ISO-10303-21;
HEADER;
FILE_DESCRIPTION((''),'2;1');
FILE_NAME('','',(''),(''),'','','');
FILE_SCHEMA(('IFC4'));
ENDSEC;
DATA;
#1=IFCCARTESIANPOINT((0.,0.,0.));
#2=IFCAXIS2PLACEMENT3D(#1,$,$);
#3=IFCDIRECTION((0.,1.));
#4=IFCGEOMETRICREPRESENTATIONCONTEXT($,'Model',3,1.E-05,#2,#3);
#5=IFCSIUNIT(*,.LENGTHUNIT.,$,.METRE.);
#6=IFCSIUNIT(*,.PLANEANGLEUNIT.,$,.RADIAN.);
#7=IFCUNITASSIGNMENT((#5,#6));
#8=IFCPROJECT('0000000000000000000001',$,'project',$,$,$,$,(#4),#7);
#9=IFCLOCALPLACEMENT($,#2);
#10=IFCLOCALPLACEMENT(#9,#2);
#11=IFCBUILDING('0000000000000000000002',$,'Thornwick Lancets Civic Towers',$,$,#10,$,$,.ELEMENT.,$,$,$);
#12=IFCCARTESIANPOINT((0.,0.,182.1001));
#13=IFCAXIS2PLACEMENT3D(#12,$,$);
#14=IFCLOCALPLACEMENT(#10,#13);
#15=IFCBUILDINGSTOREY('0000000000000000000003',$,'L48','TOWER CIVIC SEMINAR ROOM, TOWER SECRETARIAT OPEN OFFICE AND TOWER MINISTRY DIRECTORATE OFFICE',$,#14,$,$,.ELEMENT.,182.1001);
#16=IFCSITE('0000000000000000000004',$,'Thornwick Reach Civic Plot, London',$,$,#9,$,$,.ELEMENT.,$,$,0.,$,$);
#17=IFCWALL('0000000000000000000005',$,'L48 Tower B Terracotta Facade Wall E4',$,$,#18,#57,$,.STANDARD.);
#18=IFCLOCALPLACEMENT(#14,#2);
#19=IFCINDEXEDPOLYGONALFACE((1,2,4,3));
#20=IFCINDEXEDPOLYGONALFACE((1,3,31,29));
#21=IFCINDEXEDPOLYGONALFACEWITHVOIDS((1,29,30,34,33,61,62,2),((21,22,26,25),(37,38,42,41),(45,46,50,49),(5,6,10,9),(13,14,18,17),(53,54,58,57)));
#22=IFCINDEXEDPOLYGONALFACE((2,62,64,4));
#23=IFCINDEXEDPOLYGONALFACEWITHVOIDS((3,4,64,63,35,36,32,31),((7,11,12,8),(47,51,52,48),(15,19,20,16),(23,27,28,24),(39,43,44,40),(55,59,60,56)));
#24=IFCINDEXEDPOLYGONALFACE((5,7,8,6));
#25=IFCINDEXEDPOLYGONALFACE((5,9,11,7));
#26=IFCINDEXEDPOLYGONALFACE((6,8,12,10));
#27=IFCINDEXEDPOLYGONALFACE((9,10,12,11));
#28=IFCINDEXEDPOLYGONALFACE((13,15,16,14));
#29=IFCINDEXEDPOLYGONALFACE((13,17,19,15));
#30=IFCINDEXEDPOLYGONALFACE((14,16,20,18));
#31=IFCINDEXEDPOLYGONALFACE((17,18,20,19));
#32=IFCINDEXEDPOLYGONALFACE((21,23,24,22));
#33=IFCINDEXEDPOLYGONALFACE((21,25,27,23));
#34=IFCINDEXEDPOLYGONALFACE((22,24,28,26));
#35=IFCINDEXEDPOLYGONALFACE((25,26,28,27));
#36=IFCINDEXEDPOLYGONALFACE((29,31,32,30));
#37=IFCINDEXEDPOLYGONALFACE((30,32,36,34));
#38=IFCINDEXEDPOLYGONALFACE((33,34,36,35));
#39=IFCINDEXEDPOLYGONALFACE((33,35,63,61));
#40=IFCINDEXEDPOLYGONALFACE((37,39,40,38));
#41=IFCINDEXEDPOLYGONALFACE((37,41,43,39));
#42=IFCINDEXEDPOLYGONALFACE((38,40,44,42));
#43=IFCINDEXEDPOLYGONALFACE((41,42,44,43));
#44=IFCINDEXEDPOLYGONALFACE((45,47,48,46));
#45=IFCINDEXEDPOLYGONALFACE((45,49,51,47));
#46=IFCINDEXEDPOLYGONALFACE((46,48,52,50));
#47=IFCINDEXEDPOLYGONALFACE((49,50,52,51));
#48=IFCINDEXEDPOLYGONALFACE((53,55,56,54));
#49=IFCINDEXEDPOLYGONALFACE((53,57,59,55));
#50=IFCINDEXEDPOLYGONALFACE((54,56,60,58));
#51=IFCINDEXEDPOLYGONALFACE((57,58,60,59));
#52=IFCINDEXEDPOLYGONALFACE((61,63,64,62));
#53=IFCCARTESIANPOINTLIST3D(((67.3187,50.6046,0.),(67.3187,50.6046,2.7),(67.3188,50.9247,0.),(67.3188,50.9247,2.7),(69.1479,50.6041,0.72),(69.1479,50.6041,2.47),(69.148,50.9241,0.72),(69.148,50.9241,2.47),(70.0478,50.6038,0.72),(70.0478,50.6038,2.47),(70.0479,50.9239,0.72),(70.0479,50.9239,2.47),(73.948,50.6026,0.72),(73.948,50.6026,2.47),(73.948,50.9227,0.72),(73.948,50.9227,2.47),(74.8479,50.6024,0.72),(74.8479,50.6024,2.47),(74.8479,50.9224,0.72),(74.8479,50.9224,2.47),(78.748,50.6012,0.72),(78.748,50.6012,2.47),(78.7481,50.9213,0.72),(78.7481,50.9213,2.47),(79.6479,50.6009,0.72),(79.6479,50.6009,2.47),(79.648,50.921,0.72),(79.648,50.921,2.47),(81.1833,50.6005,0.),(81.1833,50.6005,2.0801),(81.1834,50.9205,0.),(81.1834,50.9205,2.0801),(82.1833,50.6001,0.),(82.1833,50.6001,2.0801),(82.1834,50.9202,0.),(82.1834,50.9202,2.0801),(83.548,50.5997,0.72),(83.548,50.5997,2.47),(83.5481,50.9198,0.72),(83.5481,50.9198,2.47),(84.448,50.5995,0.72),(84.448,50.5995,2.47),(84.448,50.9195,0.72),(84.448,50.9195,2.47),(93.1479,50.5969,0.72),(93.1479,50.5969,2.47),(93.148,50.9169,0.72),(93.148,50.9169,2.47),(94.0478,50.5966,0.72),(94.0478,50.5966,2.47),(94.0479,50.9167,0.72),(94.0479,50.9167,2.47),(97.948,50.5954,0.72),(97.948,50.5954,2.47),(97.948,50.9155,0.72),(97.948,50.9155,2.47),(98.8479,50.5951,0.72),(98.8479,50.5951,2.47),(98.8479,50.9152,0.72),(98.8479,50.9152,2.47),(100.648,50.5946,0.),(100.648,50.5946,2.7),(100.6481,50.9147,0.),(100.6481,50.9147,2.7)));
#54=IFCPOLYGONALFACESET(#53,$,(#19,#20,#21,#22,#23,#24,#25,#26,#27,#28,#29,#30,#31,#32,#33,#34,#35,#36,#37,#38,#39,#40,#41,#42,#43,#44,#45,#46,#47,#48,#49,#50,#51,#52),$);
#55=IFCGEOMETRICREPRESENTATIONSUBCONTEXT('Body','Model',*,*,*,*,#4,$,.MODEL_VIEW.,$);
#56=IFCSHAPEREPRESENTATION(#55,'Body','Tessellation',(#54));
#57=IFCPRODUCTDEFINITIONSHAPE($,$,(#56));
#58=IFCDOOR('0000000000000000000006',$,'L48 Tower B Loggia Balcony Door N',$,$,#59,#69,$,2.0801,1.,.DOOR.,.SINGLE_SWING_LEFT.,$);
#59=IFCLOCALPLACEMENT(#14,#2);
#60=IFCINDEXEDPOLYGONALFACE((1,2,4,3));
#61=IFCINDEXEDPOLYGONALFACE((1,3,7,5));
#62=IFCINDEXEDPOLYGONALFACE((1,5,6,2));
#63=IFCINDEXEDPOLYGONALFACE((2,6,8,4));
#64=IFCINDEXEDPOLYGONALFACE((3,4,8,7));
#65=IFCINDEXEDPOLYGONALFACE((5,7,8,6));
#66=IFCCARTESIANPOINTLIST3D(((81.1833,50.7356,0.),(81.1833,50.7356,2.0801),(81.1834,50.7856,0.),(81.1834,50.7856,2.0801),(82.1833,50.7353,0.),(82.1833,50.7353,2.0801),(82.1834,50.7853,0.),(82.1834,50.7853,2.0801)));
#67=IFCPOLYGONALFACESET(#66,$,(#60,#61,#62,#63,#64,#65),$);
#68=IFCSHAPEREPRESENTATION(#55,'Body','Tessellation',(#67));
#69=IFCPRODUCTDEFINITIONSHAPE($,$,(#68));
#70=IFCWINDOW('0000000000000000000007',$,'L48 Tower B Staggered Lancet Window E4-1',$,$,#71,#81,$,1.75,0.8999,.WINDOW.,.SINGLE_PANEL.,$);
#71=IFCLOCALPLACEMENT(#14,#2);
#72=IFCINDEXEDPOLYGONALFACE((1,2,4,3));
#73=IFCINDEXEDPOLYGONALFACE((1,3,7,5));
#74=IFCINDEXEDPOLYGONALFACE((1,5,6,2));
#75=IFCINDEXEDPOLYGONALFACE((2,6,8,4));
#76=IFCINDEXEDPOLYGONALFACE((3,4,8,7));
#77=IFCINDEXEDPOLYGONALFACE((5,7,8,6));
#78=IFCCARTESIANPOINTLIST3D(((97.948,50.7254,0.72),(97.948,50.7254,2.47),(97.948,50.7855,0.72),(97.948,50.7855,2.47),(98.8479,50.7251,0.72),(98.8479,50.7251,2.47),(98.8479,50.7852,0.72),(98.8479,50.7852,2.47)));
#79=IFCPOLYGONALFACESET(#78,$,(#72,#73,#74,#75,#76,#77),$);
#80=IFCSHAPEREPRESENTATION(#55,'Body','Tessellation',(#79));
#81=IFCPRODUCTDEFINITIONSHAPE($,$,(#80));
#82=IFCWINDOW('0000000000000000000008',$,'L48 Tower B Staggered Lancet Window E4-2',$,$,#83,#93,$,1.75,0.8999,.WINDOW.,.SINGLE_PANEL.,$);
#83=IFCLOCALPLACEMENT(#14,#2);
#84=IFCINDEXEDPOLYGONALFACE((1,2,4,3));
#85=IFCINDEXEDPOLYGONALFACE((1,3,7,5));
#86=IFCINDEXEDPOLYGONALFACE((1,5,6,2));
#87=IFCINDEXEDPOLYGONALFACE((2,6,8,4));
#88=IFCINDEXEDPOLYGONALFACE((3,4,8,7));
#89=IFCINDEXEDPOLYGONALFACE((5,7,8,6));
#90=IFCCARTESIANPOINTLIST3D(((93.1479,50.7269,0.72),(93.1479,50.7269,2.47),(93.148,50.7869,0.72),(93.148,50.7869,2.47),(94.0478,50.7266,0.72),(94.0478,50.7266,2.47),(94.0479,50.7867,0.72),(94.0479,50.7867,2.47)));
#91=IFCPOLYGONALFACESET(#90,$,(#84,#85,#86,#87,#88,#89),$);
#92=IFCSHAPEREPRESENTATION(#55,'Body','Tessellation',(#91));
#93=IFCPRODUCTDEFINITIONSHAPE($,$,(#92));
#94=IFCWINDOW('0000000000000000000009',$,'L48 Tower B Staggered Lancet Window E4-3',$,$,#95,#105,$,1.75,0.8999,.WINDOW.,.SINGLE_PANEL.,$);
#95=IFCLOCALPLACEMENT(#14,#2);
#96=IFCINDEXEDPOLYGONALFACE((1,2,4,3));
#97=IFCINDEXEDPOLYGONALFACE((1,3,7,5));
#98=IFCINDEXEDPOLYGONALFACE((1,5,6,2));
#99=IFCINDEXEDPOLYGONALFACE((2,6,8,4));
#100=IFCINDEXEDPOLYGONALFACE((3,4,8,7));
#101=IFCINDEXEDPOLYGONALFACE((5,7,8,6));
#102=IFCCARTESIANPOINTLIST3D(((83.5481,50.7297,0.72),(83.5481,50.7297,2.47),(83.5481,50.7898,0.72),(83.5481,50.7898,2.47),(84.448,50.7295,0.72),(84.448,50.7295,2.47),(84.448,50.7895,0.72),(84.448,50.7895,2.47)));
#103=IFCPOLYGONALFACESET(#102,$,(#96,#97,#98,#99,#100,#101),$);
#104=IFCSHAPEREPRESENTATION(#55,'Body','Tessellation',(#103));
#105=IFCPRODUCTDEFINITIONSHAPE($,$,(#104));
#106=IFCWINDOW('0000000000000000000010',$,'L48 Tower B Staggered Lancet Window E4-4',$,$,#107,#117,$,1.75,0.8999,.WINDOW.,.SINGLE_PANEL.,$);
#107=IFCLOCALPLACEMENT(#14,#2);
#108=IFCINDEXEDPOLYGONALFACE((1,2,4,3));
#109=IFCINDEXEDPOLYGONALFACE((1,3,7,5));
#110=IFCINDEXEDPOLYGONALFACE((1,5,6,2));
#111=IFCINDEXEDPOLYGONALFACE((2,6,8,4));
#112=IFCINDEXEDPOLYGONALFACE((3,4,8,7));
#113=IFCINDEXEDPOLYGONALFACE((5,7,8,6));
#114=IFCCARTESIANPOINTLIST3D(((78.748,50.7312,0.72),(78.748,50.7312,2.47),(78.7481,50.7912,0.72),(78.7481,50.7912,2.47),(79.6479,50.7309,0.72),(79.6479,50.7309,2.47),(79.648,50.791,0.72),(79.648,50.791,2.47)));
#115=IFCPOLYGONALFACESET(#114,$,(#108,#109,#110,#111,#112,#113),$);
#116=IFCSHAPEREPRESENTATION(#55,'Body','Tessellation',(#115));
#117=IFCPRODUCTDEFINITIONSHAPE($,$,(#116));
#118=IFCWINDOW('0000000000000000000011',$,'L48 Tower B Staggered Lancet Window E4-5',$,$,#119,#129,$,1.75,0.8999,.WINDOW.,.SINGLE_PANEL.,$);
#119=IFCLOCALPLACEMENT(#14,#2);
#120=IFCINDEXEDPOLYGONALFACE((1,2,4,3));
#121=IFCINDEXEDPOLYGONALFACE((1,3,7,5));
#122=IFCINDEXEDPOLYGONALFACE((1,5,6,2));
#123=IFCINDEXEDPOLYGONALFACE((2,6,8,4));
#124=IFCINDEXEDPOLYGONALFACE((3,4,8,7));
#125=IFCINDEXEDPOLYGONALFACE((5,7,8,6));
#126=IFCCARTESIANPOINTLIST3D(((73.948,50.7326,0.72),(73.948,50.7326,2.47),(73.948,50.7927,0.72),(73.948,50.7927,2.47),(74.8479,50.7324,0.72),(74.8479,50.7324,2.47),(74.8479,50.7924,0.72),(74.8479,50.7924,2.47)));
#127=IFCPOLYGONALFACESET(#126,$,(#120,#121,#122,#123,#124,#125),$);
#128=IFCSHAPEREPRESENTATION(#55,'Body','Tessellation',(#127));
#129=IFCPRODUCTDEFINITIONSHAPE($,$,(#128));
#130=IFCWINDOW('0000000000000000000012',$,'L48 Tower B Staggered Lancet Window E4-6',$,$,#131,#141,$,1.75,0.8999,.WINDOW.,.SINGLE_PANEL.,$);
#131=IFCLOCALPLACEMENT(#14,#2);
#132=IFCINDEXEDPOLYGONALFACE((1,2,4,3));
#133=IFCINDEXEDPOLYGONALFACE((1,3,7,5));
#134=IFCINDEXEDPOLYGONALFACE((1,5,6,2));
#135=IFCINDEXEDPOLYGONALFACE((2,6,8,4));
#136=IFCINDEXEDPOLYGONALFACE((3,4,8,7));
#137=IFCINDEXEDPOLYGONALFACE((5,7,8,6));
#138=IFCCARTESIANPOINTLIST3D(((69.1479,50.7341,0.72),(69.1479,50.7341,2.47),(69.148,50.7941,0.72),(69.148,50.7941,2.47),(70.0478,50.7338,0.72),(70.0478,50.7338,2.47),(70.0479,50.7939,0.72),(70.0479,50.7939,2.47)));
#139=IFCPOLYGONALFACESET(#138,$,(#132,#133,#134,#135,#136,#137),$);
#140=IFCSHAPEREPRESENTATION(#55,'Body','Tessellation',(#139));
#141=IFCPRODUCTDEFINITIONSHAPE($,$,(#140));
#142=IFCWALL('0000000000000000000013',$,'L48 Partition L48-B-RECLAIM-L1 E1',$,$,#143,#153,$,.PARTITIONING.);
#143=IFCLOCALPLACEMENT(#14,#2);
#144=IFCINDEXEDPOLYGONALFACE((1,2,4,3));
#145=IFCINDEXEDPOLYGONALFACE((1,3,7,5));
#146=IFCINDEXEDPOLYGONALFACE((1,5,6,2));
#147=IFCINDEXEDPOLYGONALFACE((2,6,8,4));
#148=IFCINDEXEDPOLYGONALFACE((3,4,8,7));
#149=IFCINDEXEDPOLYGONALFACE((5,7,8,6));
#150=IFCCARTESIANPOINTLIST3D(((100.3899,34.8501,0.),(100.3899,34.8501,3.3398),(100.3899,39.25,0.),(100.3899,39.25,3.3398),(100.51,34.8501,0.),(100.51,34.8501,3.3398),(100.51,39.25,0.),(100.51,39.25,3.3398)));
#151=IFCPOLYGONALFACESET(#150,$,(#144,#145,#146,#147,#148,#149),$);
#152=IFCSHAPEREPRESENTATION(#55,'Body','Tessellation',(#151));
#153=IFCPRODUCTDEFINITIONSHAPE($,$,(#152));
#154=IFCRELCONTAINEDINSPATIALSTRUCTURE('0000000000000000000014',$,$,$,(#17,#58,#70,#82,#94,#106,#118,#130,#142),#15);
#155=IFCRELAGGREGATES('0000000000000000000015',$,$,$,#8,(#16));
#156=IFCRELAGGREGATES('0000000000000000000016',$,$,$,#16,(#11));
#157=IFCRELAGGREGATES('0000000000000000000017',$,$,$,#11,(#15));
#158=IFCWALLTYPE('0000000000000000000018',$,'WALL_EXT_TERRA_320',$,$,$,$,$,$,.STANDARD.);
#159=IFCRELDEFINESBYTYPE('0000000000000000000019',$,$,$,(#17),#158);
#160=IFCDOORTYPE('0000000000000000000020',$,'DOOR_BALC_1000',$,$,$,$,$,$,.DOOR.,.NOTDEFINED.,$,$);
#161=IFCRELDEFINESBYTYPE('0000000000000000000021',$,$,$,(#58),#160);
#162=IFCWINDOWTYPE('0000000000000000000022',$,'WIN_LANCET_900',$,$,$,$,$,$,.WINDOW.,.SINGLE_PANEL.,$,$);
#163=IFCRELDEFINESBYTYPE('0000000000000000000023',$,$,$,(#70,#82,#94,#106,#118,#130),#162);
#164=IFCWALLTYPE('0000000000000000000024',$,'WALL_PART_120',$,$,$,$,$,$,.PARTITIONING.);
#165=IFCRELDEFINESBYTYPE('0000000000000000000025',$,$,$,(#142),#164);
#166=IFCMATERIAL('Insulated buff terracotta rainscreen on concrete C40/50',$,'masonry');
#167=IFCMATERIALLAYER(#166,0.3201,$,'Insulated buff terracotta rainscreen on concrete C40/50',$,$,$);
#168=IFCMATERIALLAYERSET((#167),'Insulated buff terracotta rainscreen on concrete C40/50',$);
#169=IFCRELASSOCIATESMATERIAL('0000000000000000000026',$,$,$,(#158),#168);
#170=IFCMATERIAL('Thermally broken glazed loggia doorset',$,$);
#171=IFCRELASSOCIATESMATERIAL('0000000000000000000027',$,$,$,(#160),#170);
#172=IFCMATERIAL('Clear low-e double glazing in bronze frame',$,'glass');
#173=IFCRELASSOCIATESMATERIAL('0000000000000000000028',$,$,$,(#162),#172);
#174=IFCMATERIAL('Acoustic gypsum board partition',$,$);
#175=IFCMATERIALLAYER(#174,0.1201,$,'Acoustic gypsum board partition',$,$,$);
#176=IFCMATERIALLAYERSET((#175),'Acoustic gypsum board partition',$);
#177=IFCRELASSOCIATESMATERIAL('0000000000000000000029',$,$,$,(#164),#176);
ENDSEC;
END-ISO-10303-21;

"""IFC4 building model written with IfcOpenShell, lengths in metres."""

from ifc_helpers import new_model, si_unit, direction, frame, frame_2d, origin, place, context, subcontext, project, spatial, rectangle, extrude, material, layer, layer_set, type_object, element, fill, save


model = new_model("IFC4")

# Units and contexts
model_context = context("Model", 3, precision=1e-05, world=origin(), true_north=direction((0.0, 1.0)))
body_context = subcontext(model_context, "Body", "Model", "MODEL_VIEW")
ifc_project = project(units=[si_unit("LENGTHUNIT", "METRE"), si_unit("PLANEANGLEUNIT", "RADIAN")], contexts=[model_context])

# Site, building, storey
site_placement = place(None, origin())
site = spatial("IfcSite", under=ifc_project, at=site_placement, Name="Thornwick Reach Civic Plot, London", CompositionType="ELEMENT", RefElevation=0.0)
building_placement = place(site_placement, origin())
building = spatial("IfcBuilding", under=site, at=building_placement, Name="Thornwick Lancets Civic Towers", CompositionType="ELEMENT")
storey_placement = place(building_placement, frame((0.0, 0.0, 182.1001)))
storey = spatial("IfcBuildingStorey", under=building, at=storey_placement, Name="L48", Description="TOWER CIVIC SEMINAR ROOM, TOWER SECRETARIAT OPEN OFFICE AND TOWER MINISTRY DIRECTORATE OFFICE", CompositionType="ELEMENT", Elevation=182.1001)

# Wall, openings, door, windows
ifc_material_1 = material(Name="Insulated buff terracotta rainscreen on concrete C40/50", Category="masonry")
ifc_layer_1 = layer(ifc_material_1, 0.3201, Name="Insulated buff terracotta rainscreen on concrete C40/50")
ifc_layer_set_1 = layer_set([ifc_layer_1], Name="Insulated buff terracotta rainscreen on concrete C40/50")
wall_type_1 = type_object("IfcWallType", Name="WALL_EXT_TERRA_320", PredefinedType="STANDARD", material=ifc_layer_set_1)
wall_1_placement = place(storey_placement, frame((100.6479, 50.7546, 0.0), z_axis=(0.0, 0.0, 1.0), x_axis=(-1.0, 0.0003, 0.0)))
wall_1 = element("IfcWall", 1, at=wall_1_placement, inside=storey, type_object=wall_type_1, Name="L48 Tower B Terracotta Facade Wall E4", PredefinedType="STANDARD", context=body_context, shape_type="SweptSolid", body=[
    extrude(rectangle(XDim=33.3293, YDim=0.3201, at=frame_2d((16.6646, 0.0))), origin(), (0.0, 0.0, 1.0), 2.7),
])
opening_1_placement = place(wall_1_placement, frame((18.4646, 0.0, 0.0)))
opening_1 = element("IfcOpeningElement", 2, at=opening_1_placement, cuts=wall_1, PredefinedType="OPENING", context=body_context, shape_type="SweptSolid", body=[
    extrude(rectangle(XDim=1.0, YDim=2.0801, at=frame_2d((0.5, 1.04))), frame((0.0, 0.1699, 0.0), z_axis=(0.0, -1.0, 0.0), x_axis=(1.0, 0.0, 0.0)), (0.0, 0.0, 1.0), 0.3401),
])
opening_2_placement = place(wall_1_placement, frame((1.8, 0.0, 0.72)))
opening_2 = element("IfcOpeningElement", 3, at=opening_2_placement, cuts=wall_1, PredefinedType="OPENING", context=body_context, shape_type="SweptSolid", body=[
    extrude(rectangle(XDim=0.8999, YDim=1.75, at=frame_2d((0.45, 0.875))), frame((0.0, 0.1699, 0.0), z_axis=(0.0, -1.0, 0.0), x_axis=(1.0, 0.0, 0.0)), (0.0, 0.0, 1.0), 0.3401),
])
opening_3_placement = place(wall_1_placement, frame((6.6001, 0.0, 0.72)))
opening_3 = element("IfcOpeningElement", 4, at=opening_3_placement, cuts=wall_1, PredefinedType="OPENING", context=body_context, shape_type="SweptSolid", body=[
    extrude(rectangle(XDim=0.8999, YDim=1.75, at=frame_2d((0.45, 0.875))), frame((0.0, 0.1699, 0.0), z_axis=(0.0, -1.0, 0.0), x_axis=(1.0, 0.0, 0.0)), (0.0, 0.0, 1.0), 0.3401),
])
opening_4_placement = place(wall_1_placement, frame((16.2, 0.0, 0.72)))
opening_4 = element("IfcOpeningElement", 5, at=opening_4_placement, cuts=wall_1, PredefinedType="OPENING", context=body_context, shape_type="SweptSolid", body=[
    extrude(rectangle(XDim=0.8999, YDim=1.75, at=frame_2d((0.45, 0.875))), frame((0.0, 0.1699, 0.0), z_axis=(0.0, -1.0, 0.0), x_axis=(1.0, 0.0, 0.0)), (0.0, 0.0, 1.0), 0.3401),
])
opening_5_placement = place(wall_1_placement, frame((21.0, 0.0, 0.72)))
opening_5 = element("IfcOpeningElement", 6, at=opening_5_placement, cuts=wall_1, PredefinedType="OPENING", context=body_context, shape_type="SweptSolid", body=[
    extrude(rectangle(XDim=0.8999, YDim=1.75, at=frame_2d((0.45, 0.875))), frame((0.0, 0.1699, 0.0), z_axis=(0.0, -1.0, 0.0), x_axis=(1.0, 0.0, 0.0)), (0.0, 0.0, 1.0), 0.3401),
])
opening_6_placement = place(wall_1_placement, frame((25.8, 0.0, 0.72)))
opening_6 = element("IfcOpeningElement", 7, at=opening_6_placement, cuts=wall_1, PredefinedType="OPENING", context=body_context, shape_type="SweptSolid", body=[
    extrude(rectangle(XDim=0.8999, YDim=1.75, at=frame_2d((0.45, 0.875))), frame((0.0, 0.1699, 0.0), z_axis=(0.0, -1.0, 0.0), x_axis=(1.0, 0.0, 0.0)), (0.0, 0.0, 1.0), 0.3401),
])
opening_7_placement = place(wall_1_placement, frame((30.6001, 0.0, 0.72)))
opening_7 = element("IfcOpeningElement", 8, at=opening_7_placement, cuts=wall_1, PredefinedType="OPENING", context=body_context, shape_type="SweptSolid", body=[
    extrude(rectangle(XDim=0.8999, YDim=1.75, at=frame_2d((0.45, 0.875))), frame((0.0, 0.1699, 0.0), z_axis=(0.0, -1.0, 0.0), x_axis=(1.0, 0.0, 0.0)), (0.0, 0.0, 1.0), 0.3401),
])
ifc_material_2 = material(Name="Thermally broken glazed loggia doorset")
door_type = type_object("IfcDoorType", Name="DOOR_BALC_1000", OperationType="NOTDEFINED", PredefinedType="DOOR", material=ifc_material_2)
door_placement = place(opening_1_placement, origin())
door = element("IfcDoor", 9, at=door_placement, inside=storey, type_object=door_type, Name="L48 Tower B Loggia Balcony Door N", OperationType="SINGLE_SWING_LEFT", OverallHeight=2.0801, OverallWidth=1.0, PredefinedType="DOOR", context=body_context, shape_type="SweptSolid", body=[
    extrude(rectangle(XDim=1.0, YDim=2.0801, at=frame_2d((0.5, 1.04))), frame((0.0, 0.0249, 0.0), z_axis=(0.0, -1.0, 0.0), x_axis=(1.0, 0.0, 0.0)), (0.0, 0.0, 1.0), 0.05),
])
fill(opening_1, door)
ifc_material_3 = material(Name="Clear low-e double glazing in bronze frame", Category="glass")
window_type = type_object("IfcWindowType", Name="WIN_LANCET_900", PartitioningType="SINGLE_PANEL", PredefinedType="WINDOW", material=ifc_material_3)
window_1_placement = place(opening_2_placement, origin())
window_1 = element("IfcWindow", 10, at=window_1_placement, inside=storey, type_object=window_type, Name="L48 Tower B Staggered Lancet Window E4-1", OverallHeight=1.75, OverallWidth=0.8999, PartitioningType="SINGLE_PANEL", PredefinedType="WINDOW", context=body_context, shape_type="SweptSolid", body=[
    extrude(rectangle(XDim=0.8999, YDim=1.75, at=frame_2d((0.45, 0.875))), frame((0.0, 0.03, 0.0), z_axis=(0.0, -1.0, 0.0), x_axis=(1.0, 0.0, 0.0)), (0.0, 0.0, 1.0), 0.0601),
])
fill(opening_2, window_1)
window_2_placement = place(opening_3_placement, origin())
window_2 = element("IfcWindow", 11, at=window_2_placement, inside=storey, type_object=window_type, Name="L48 Tower B Staggered Lancet Window E4-2", OverallHeight=1.75, OverallWidth=0.8999, PartitioningType="SINGLE_PANEL", PredefinedType="WINDOW", context=body_context, shape_type="SweptSolid", body=[
    extrude(rectangle(XDim=0.8999, YDim=1.75, at=frame_2d((0.45, 0.875))), frame((0.0, 0.03, 0.0), z_axis=(0.0, -1.0, 0.0), x_axis=(1.0, 0.0, 0.0)), (0.0, 0.0, 1.0), 0.0601),
])
fill(opening_3, window_2)
window_3_placement = place(opening_4_placement, origin())
window_3 = element("IfcWindow", 12, at=window_3_placement, inside=storey, type_object=window_type, Name="L48 Tower B Staggered Lancet Window E4-3", OverallHeight=1.75, OverallWidth=0.8999, PartitioningType="SINGLE_PANEL", PredefinedType="WINDOW", context=body_context, shape_type="SweptSolid", body=[
    extrude(rectangle(XDim=0.8999, YDim=1.75, at=frame_2d((0.45, 0.875))), frame((0.0, 0.03, 0.0), z_axis=(0.0, -1.0, 0.0), x_axis=(1.0, 0.0, 0.0)), (0.0, 0.0, 1.0), 0.0601),
])
fill(opening_4, window_3)
window_4_placement = place(opening_5_placement, origin())
window_4 = element("IfcWindow", 13, at=window_4_placement, inside=storey, type_object=window_type, Name="L48 Tower B Staggered Lancet Window E4-4", OverallHeight=1.75, OverallWidth=0.8999, PartitioningType="SINGLE_PANEL", PredefinedType="WINDOW", context=body_context, shape_type="SweptSolid", body=[
    extrude(rectangle(XDim=0.8999, YDim=1.75, at=frame_2d((0.45, 0.875))), frame((0.0, 0.03, 0.0), z_axis=(0.0, -1.0, 0.0), x_axis=(1.0, 0.0, 0.0)), (0.0, 0.0, 1.0), 0.0601),
])
fill(opening_5, window_4)
window_5_placement = place(opening_6_placement, origin())
window_5 = element("IfcWindow", 14, at=window_5_placement, inside=storey, type_object=window_type, Name="L48 Tower B Staggered Lancet Window E4-5", OverallHeight=1.75, OverallWidth=0.8999, PartitioningType="SINGLE_PANEL", PredefinedType="WINDOW", context=body_context, shape_type="SweptSolid", body=[
    extrude(rectangle(XDim=0.8999, YDim=1.75, at=frame_2d((0.45, 0.875))), frame((0.0, 0.03, 0.0), z_axis=(0.0, -1.0, 0.0), x_axis=(1.0, 0.0, 0.0)), (0.0, 0.0, 1.0), 0.0601),
])
fill(opening_6, window_5)
window_6_placement = place(opening_7_placement, origin())
window_6 = element("IfcWindow", 15, at=window_6_placement, inside=storey, type_object=window_type, Name="L48 Tower B Staggered Lancet Window E4-6", OverallHeight=1.75, OverallWidth=0.8999, PartitioningType="SINGLE_PANEL", PredefinedType="WINDOW", context=body_context, shape_type="SweptSolid", body=[
    extrude(rectangle(XDim=0.8999, YDim=1.75, at=frame_2d((0.45, 0.875))), frame((0.0, 0.03, 0.0), z_axis=(0.0, -1.0, 0.0), x_axis=(1.0, 0.0, 0.0)), (0.0, 0.0, 1.0), 0.0601),
])
fill(opening_7, window_6)

# Wall
ifc_material_4 = material(Name="Acoustic gypsum board partition")
ifc_layer_2 = layer(ifc_material_4, 0.1201, Name="Acoustic gypsum board partition")
ifc_layer_set_2 = layer_set([ifc_layer_2], Name="Acoustic gypsum board partition")
wall_type_2 = type_object("IfcWallType", Name="WALL_PART_120", PredefinedType="PARTITIONING", material=ifc_layer_set_2)
wall_2_placement = place(storey_placement, frame((100.45, 39.25, 0.0), z_axis=(0.0, 0.0, 1.0), x_axis=(0.0, -1.0, 0.0)))
element("IfcWall", 16, at=wall_2_placement, inside=storey, type_object=wall_type_2, Name="L48 Partition L48-B-RECLAIM-L1 E1", PredefinedType="PARTITIONING", context=body_context, shape_type="SweptSolid", body=[
    extrude(rectangle(XDim=4.3999, YDim=0.1201, at=frame_2d((2.2, 0.0))), origin(), (0.0, 0.0, 1.0), 3.3398),
])

save(model, "model.ifc")
